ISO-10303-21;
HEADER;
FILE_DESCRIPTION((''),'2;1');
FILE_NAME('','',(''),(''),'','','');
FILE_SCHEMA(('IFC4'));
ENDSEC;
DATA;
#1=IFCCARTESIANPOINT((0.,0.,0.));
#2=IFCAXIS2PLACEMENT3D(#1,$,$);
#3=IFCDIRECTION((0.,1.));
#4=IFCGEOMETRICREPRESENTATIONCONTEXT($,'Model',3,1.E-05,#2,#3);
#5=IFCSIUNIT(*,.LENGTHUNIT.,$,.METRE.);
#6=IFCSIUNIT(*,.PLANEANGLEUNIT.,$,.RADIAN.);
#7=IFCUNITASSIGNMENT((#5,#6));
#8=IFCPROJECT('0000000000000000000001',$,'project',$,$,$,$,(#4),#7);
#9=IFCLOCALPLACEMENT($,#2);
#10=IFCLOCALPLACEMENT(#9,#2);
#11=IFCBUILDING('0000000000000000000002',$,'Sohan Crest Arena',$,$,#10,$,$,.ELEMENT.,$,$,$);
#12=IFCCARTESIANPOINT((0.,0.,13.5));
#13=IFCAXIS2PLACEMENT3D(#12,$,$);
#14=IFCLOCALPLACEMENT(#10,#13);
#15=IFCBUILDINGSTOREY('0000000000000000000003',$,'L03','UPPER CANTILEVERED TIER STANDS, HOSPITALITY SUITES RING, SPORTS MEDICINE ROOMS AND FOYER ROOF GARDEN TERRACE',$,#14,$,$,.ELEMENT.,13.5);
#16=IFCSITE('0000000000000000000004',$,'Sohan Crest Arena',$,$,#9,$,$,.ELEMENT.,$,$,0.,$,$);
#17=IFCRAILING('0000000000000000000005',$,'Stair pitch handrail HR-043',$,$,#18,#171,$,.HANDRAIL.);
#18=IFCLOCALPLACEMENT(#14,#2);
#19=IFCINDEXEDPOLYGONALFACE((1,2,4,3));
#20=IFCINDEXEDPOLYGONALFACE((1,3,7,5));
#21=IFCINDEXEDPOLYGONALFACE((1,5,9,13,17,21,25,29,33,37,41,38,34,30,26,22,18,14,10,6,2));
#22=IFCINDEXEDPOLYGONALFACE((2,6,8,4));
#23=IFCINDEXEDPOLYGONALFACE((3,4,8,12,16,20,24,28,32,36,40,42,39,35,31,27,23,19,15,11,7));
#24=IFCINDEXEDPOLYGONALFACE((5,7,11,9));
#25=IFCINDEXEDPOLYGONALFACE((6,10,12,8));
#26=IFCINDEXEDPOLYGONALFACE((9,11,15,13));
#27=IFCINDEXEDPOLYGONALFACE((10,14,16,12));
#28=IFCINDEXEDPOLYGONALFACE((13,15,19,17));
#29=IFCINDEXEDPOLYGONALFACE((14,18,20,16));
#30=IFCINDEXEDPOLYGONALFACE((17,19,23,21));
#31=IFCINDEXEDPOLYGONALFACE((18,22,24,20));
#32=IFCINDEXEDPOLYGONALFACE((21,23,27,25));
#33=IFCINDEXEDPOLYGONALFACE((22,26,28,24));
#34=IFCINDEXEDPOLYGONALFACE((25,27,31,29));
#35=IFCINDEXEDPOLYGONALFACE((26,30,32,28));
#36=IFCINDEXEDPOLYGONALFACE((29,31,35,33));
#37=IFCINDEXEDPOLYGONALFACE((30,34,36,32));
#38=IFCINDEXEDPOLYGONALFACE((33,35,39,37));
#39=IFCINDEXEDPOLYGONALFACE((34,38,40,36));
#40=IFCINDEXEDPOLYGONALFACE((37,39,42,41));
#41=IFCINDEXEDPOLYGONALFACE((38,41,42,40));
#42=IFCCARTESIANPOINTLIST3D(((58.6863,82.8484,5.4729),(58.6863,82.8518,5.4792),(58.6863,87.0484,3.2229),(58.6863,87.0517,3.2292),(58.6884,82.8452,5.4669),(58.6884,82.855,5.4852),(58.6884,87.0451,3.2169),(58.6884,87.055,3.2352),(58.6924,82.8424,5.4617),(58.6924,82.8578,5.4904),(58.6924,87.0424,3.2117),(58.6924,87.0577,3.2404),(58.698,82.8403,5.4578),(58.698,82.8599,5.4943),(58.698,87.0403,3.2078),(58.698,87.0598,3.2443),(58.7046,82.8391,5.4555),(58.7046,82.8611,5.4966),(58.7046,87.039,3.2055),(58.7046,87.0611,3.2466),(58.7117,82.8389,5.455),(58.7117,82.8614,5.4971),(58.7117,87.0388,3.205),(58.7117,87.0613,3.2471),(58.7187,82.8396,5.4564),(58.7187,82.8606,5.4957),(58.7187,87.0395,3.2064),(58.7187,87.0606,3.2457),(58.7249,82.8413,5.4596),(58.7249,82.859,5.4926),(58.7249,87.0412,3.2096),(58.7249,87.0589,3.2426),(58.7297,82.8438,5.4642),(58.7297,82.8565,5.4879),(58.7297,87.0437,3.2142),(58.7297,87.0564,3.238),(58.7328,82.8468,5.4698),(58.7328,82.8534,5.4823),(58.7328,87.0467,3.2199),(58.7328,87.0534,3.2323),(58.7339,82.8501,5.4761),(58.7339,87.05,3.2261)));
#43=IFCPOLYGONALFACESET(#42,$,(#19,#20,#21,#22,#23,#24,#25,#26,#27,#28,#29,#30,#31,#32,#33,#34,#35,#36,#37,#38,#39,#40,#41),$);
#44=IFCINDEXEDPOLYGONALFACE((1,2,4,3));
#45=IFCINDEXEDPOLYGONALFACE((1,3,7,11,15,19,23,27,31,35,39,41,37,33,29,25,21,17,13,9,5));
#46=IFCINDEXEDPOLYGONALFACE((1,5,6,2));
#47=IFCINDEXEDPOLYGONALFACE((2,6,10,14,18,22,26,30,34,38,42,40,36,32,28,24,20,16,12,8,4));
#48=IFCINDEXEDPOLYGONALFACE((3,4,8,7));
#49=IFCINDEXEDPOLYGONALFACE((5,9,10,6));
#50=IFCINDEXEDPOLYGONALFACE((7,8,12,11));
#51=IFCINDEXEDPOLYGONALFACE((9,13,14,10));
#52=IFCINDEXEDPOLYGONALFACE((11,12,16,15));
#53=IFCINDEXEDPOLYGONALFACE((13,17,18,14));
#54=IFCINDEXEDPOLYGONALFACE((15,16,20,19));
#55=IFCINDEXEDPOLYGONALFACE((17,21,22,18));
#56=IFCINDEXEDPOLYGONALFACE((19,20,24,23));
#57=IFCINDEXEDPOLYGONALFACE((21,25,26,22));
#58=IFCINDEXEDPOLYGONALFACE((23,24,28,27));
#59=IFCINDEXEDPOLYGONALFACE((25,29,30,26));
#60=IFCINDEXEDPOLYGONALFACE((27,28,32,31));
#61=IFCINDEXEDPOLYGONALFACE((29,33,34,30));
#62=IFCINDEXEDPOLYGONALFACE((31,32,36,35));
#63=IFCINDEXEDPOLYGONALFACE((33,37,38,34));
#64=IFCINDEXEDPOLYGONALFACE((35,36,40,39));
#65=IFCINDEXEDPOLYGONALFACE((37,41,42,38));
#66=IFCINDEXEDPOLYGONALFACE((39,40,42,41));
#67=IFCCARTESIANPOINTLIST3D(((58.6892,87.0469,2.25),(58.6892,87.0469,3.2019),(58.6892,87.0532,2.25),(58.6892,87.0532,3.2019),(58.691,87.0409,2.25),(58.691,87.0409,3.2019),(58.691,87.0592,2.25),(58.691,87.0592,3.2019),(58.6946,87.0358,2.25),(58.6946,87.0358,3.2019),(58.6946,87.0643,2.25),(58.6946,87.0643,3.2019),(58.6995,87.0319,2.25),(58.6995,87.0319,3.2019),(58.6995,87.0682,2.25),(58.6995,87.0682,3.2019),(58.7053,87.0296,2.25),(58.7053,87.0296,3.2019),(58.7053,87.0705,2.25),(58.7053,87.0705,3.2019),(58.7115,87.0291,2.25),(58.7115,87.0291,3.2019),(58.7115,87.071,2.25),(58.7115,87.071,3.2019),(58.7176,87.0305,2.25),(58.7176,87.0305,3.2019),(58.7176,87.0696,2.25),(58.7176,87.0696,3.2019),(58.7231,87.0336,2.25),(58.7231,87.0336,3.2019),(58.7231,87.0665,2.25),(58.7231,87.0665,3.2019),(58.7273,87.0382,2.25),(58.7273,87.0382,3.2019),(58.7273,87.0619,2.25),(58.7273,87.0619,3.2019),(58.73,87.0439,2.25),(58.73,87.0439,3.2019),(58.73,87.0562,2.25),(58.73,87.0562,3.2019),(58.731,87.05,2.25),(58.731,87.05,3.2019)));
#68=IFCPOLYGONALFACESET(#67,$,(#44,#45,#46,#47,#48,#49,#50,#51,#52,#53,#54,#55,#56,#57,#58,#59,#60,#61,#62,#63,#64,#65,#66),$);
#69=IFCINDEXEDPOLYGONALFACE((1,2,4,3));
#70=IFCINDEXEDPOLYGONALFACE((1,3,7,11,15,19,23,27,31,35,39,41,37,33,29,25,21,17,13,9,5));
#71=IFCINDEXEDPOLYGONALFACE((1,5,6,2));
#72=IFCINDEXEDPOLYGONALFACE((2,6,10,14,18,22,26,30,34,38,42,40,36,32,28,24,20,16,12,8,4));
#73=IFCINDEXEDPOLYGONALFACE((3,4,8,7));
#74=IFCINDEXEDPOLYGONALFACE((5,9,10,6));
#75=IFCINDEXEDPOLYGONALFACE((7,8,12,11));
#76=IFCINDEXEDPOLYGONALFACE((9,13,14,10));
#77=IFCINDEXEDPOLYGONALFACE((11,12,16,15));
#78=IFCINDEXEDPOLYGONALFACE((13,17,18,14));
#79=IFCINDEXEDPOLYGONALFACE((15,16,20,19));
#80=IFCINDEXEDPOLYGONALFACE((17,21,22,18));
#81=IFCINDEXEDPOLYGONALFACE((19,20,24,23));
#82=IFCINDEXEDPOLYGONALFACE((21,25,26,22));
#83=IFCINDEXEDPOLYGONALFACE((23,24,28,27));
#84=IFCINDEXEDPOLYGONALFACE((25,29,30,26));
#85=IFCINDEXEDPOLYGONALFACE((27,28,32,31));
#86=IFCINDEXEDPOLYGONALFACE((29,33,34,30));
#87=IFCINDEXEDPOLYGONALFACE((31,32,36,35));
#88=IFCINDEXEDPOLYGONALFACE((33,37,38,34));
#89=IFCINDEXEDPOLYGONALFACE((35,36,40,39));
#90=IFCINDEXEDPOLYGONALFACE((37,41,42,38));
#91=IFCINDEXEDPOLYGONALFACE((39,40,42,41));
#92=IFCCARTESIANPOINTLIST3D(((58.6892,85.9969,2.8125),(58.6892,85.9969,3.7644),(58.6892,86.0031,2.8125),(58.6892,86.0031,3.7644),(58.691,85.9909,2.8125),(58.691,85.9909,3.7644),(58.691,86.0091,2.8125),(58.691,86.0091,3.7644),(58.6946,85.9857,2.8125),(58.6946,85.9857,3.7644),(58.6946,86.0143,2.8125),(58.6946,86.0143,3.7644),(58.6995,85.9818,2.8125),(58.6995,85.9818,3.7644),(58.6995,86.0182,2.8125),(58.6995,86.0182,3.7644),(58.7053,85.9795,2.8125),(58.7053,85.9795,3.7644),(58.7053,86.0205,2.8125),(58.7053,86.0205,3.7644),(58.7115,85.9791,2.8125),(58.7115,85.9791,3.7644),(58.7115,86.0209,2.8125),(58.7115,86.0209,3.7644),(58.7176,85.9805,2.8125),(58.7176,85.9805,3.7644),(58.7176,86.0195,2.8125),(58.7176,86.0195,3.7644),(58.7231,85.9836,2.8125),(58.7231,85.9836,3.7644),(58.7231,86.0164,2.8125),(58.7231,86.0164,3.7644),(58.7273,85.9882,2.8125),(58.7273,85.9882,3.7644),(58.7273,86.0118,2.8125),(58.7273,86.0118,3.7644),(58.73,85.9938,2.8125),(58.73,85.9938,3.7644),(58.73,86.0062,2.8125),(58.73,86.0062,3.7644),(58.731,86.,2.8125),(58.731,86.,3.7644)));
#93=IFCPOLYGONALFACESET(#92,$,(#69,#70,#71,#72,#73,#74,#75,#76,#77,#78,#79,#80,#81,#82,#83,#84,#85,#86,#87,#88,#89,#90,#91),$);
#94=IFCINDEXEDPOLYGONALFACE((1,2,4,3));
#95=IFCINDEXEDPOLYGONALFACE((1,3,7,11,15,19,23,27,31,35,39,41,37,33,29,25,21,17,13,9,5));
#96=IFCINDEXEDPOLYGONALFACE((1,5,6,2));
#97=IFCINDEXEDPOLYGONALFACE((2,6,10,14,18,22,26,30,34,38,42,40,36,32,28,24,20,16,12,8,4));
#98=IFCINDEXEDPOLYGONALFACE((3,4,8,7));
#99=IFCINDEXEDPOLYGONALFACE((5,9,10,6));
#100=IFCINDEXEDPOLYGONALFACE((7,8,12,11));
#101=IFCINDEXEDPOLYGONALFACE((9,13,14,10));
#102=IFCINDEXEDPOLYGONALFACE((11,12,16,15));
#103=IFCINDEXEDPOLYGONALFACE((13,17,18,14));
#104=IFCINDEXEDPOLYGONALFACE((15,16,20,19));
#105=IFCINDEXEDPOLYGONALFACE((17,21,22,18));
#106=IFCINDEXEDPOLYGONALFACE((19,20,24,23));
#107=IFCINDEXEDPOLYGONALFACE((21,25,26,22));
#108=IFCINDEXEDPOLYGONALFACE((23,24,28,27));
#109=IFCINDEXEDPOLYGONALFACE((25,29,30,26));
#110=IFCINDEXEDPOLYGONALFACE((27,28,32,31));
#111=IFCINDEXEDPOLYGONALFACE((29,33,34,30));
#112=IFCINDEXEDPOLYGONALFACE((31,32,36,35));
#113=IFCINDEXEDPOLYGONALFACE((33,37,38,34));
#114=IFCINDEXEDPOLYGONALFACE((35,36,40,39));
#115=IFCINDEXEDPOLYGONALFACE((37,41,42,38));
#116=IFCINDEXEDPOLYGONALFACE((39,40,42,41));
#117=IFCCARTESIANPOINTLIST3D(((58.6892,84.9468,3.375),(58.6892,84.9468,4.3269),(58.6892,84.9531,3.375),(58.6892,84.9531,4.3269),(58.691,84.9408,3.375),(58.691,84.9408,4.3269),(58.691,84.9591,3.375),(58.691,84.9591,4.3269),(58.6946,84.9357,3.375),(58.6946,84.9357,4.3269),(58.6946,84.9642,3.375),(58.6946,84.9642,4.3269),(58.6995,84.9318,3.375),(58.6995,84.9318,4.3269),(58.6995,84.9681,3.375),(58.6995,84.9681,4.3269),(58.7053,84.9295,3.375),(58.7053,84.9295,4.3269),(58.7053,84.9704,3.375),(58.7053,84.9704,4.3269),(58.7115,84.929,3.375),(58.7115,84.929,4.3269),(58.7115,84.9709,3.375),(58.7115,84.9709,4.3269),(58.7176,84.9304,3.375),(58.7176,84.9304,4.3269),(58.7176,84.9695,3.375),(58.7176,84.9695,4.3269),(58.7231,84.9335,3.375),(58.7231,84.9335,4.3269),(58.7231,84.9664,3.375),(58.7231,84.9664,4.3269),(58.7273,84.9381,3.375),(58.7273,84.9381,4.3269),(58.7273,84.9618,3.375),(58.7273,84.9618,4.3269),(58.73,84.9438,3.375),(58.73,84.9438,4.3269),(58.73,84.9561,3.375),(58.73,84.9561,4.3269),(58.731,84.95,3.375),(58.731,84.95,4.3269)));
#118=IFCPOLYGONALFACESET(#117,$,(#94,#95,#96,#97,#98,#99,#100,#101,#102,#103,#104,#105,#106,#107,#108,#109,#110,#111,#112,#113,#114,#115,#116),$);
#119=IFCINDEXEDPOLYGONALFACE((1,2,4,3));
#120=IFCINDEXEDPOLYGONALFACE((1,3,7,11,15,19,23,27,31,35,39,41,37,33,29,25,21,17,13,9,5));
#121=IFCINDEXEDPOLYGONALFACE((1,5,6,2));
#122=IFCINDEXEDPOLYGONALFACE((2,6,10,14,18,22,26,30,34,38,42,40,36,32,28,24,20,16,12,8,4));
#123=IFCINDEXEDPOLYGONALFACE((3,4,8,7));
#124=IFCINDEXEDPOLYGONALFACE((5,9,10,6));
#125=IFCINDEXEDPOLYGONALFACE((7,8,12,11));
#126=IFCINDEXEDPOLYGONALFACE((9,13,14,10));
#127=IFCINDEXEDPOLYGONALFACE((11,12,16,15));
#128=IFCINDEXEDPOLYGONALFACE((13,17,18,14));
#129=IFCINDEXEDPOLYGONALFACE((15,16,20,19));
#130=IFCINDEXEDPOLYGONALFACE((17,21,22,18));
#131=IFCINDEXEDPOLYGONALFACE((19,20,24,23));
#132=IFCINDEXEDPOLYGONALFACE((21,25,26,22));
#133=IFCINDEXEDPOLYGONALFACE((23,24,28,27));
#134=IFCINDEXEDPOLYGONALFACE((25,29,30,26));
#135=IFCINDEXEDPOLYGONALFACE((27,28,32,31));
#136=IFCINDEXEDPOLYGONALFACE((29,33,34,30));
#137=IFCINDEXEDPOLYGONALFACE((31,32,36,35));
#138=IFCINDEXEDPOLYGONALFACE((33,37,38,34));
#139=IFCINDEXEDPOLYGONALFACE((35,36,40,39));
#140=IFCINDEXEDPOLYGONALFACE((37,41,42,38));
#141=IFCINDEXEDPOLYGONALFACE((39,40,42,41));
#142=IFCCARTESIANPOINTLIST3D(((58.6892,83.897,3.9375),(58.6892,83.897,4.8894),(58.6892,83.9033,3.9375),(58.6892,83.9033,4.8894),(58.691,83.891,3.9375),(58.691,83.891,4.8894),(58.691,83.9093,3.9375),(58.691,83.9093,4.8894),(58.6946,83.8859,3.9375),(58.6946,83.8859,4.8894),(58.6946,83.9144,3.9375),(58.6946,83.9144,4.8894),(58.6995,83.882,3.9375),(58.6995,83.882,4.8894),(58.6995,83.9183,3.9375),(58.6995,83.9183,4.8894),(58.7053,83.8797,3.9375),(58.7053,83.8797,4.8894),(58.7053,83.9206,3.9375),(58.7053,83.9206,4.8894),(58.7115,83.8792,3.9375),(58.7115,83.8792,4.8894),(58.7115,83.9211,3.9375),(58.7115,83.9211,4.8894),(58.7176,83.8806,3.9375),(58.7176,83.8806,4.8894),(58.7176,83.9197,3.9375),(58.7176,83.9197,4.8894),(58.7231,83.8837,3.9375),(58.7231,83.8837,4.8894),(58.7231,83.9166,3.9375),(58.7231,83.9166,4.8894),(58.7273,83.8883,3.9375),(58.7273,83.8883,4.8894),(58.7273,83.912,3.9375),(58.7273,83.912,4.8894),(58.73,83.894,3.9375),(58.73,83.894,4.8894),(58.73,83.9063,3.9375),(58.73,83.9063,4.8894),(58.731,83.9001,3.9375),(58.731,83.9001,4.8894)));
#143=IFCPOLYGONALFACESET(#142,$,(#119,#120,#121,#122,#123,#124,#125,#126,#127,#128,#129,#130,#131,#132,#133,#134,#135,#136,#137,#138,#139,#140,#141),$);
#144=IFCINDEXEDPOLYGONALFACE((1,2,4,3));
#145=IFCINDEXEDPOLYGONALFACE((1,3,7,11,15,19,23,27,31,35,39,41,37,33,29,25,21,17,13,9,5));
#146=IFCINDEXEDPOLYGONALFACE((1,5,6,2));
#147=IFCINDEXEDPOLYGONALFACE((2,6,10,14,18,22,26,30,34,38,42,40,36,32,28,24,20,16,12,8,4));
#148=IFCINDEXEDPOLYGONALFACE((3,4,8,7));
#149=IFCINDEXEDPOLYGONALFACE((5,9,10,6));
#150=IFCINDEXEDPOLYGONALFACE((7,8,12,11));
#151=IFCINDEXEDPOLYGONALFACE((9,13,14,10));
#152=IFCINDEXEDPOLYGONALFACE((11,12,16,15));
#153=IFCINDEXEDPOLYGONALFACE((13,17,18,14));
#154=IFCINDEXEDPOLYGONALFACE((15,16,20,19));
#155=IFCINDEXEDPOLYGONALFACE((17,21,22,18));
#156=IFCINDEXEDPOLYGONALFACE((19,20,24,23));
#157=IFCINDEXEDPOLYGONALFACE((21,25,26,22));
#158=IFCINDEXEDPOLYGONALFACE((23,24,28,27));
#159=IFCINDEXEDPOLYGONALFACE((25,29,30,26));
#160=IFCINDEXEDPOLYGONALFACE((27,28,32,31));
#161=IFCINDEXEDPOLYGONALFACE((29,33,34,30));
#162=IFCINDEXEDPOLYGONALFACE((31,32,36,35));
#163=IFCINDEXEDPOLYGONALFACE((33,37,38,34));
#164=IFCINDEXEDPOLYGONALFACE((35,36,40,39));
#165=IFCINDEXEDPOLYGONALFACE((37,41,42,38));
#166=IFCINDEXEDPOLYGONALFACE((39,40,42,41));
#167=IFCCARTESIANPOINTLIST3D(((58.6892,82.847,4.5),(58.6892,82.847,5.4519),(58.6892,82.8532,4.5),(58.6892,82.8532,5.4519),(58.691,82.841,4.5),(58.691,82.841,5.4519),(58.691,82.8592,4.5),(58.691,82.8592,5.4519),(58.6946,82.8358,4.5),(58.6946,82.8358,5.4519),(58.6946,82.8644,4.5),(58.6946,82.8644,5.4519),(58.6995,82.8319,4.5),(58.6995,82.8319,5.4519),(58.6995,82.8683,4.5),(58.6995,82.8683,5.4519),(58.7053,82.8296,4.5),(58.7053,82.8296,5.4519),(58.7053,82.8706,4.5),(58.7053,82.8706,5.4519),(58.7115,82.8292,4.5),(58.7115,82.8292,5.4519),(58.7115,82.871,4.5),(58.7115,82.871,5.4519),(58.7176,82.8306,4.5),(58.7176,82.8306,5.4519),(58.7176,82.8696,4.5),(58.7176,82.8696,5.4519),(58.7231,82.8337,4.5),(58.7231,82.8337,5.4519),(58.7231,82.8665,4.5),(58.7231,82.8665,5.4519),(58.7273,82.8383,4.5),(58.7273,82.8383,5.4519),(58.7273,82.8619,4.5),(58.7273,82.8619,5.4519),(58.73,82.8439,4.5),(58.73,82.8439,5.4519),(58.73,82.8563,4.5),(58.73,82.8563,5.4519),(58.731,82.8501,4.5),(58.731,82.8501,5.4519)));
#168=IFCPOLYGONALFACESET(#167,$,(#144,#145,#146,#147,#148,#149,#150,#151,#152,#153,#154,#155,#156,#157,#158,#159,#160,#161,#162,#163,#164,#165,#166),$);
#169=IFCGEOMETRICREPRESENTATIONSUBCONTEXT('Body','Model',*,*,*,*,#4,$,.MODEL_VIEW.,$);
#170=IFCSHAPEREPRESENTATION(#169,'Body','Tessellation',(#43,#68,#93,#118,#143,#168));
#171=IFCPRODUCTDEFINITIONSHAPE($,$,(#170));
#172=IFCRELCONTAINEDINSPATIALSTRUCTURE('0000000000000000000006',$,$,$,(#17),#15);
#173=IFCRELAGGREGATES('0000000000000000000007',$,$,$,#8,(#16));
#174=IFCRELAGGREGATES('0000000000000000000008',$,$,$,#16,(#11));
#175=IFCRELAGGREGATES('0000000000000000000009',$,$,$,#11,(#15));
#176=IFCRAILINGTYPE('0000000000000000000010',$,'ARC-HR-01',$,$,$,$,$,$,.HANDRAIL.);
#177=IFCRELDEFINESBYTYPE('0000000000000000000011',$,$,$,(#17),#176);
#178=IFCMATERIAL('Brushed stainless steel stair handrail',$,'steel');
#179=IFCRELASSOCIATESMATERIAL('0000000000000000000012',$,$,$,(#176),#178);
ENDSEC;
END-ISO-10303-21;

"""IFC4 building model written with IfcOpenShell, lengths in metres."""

from ifc_helpers import new_model, si_unit, direction, frame, origin, origin_2d, place, context, subcontext, project, spatial, circle, extrude, material, type_object, element, save


model = new_model("IFC4")

# Units and contexts
model_context = context("Model", 3, precision=1e-05, world=origin(), true_north=direction((0.0, 1.0)))
body_context = subcontext(model_context, "Body", "Model", "MODEL_VIEW")
ifc_project = project(units=[si_unit("LENGTHUNIT", "METRE"), si_unit("PLANEANGLEUNIT", "RADIAN")], contexts=[model_context])

# Site, building, storey
site_placement = place(None, origin())
site = spatial("IfcSite", under=ifc_project, at=site_placement, Name="Sohan Crest Arena", CompositionType="ELEMENT", RefElevation=0.0)
building_placement = place(site_placement, origin())
building = spatial("IfcBuilding", under=site, at=building_placement, Name="Sohan Crest Arena", CompositionType="ELEMENT")
storey_placement = place(building_placement, frame((0.0, 0.0, 13.5)))
storey = spatial("IfcBuildingStorey", under=building, at=storey_placement, Name="L03", Description="UPPER CANTILEVERED TIER STANDS, HOSPITALITY SUITES RING, SPORTS MEDICINE ROOMS AND FOYER ROOF GARDEN TERRACE", CompositionType="ELEMENT", Elevation=13.5)

# Railing
ifc_material_1 = material(Name="Brushed stainless steel stair handrail", Category="steel")
railing_type_1 = type_object("IfcRailingType", Name="ARC-HR-01", PredefinedType="HANDRAIL", material=ifc_material_1)
for number, where, name in (
    (1, (58.71, 87.05, 2.25), "Stair pitch handrail HR-043"),
):
    element("IfcRailing", number, at=place(storey_placement, frame(where)), inside=storey, type_object=railing_type_1, Name=name, PredefinedType="HANDRAIL", context=body_context, shape_type="SweptSolid", body=[
        extrude(circle(Radius=0.0239, at=origin_2d()), frame((0.0, 0.0, 0.9761), z_axis=(0.0, -0.881478, 0.472226), x_axis=(1.0, 0.0, 0.0)), (0.0, 0.0, 1.0), 4.7646),
        extrude(circle(Radius=0.021, at=origin_2d()), origin(), (0.0, 0.0, 1.0), 0.9519),
        extrude(circle(Radius=0.021, at=origin_2d()), frame((0.0, -1.05, 0.5625)), (0.0, 0.0, 1.0), 0.9519),
        extrude(circle(Radius=0.021, at=origin_2d()), frame((0.0, -2.1001, 1.125)), (0.0, 0.0, 1.0), 0.9519),
        extrude(circle(Radius=0.021, at=origin_2d()), frame((0.0, -3.1499, 1.6875)), (0.0, 0.0, 1.0), 0.9519),
        extrude(circle(Radius=0.021, at=origin_2d()), frame((0.0, -4.2, 2.25)), (0.0, 0.0, 1.0), 0.9519),
    ])

save(model, "model.ifc")
